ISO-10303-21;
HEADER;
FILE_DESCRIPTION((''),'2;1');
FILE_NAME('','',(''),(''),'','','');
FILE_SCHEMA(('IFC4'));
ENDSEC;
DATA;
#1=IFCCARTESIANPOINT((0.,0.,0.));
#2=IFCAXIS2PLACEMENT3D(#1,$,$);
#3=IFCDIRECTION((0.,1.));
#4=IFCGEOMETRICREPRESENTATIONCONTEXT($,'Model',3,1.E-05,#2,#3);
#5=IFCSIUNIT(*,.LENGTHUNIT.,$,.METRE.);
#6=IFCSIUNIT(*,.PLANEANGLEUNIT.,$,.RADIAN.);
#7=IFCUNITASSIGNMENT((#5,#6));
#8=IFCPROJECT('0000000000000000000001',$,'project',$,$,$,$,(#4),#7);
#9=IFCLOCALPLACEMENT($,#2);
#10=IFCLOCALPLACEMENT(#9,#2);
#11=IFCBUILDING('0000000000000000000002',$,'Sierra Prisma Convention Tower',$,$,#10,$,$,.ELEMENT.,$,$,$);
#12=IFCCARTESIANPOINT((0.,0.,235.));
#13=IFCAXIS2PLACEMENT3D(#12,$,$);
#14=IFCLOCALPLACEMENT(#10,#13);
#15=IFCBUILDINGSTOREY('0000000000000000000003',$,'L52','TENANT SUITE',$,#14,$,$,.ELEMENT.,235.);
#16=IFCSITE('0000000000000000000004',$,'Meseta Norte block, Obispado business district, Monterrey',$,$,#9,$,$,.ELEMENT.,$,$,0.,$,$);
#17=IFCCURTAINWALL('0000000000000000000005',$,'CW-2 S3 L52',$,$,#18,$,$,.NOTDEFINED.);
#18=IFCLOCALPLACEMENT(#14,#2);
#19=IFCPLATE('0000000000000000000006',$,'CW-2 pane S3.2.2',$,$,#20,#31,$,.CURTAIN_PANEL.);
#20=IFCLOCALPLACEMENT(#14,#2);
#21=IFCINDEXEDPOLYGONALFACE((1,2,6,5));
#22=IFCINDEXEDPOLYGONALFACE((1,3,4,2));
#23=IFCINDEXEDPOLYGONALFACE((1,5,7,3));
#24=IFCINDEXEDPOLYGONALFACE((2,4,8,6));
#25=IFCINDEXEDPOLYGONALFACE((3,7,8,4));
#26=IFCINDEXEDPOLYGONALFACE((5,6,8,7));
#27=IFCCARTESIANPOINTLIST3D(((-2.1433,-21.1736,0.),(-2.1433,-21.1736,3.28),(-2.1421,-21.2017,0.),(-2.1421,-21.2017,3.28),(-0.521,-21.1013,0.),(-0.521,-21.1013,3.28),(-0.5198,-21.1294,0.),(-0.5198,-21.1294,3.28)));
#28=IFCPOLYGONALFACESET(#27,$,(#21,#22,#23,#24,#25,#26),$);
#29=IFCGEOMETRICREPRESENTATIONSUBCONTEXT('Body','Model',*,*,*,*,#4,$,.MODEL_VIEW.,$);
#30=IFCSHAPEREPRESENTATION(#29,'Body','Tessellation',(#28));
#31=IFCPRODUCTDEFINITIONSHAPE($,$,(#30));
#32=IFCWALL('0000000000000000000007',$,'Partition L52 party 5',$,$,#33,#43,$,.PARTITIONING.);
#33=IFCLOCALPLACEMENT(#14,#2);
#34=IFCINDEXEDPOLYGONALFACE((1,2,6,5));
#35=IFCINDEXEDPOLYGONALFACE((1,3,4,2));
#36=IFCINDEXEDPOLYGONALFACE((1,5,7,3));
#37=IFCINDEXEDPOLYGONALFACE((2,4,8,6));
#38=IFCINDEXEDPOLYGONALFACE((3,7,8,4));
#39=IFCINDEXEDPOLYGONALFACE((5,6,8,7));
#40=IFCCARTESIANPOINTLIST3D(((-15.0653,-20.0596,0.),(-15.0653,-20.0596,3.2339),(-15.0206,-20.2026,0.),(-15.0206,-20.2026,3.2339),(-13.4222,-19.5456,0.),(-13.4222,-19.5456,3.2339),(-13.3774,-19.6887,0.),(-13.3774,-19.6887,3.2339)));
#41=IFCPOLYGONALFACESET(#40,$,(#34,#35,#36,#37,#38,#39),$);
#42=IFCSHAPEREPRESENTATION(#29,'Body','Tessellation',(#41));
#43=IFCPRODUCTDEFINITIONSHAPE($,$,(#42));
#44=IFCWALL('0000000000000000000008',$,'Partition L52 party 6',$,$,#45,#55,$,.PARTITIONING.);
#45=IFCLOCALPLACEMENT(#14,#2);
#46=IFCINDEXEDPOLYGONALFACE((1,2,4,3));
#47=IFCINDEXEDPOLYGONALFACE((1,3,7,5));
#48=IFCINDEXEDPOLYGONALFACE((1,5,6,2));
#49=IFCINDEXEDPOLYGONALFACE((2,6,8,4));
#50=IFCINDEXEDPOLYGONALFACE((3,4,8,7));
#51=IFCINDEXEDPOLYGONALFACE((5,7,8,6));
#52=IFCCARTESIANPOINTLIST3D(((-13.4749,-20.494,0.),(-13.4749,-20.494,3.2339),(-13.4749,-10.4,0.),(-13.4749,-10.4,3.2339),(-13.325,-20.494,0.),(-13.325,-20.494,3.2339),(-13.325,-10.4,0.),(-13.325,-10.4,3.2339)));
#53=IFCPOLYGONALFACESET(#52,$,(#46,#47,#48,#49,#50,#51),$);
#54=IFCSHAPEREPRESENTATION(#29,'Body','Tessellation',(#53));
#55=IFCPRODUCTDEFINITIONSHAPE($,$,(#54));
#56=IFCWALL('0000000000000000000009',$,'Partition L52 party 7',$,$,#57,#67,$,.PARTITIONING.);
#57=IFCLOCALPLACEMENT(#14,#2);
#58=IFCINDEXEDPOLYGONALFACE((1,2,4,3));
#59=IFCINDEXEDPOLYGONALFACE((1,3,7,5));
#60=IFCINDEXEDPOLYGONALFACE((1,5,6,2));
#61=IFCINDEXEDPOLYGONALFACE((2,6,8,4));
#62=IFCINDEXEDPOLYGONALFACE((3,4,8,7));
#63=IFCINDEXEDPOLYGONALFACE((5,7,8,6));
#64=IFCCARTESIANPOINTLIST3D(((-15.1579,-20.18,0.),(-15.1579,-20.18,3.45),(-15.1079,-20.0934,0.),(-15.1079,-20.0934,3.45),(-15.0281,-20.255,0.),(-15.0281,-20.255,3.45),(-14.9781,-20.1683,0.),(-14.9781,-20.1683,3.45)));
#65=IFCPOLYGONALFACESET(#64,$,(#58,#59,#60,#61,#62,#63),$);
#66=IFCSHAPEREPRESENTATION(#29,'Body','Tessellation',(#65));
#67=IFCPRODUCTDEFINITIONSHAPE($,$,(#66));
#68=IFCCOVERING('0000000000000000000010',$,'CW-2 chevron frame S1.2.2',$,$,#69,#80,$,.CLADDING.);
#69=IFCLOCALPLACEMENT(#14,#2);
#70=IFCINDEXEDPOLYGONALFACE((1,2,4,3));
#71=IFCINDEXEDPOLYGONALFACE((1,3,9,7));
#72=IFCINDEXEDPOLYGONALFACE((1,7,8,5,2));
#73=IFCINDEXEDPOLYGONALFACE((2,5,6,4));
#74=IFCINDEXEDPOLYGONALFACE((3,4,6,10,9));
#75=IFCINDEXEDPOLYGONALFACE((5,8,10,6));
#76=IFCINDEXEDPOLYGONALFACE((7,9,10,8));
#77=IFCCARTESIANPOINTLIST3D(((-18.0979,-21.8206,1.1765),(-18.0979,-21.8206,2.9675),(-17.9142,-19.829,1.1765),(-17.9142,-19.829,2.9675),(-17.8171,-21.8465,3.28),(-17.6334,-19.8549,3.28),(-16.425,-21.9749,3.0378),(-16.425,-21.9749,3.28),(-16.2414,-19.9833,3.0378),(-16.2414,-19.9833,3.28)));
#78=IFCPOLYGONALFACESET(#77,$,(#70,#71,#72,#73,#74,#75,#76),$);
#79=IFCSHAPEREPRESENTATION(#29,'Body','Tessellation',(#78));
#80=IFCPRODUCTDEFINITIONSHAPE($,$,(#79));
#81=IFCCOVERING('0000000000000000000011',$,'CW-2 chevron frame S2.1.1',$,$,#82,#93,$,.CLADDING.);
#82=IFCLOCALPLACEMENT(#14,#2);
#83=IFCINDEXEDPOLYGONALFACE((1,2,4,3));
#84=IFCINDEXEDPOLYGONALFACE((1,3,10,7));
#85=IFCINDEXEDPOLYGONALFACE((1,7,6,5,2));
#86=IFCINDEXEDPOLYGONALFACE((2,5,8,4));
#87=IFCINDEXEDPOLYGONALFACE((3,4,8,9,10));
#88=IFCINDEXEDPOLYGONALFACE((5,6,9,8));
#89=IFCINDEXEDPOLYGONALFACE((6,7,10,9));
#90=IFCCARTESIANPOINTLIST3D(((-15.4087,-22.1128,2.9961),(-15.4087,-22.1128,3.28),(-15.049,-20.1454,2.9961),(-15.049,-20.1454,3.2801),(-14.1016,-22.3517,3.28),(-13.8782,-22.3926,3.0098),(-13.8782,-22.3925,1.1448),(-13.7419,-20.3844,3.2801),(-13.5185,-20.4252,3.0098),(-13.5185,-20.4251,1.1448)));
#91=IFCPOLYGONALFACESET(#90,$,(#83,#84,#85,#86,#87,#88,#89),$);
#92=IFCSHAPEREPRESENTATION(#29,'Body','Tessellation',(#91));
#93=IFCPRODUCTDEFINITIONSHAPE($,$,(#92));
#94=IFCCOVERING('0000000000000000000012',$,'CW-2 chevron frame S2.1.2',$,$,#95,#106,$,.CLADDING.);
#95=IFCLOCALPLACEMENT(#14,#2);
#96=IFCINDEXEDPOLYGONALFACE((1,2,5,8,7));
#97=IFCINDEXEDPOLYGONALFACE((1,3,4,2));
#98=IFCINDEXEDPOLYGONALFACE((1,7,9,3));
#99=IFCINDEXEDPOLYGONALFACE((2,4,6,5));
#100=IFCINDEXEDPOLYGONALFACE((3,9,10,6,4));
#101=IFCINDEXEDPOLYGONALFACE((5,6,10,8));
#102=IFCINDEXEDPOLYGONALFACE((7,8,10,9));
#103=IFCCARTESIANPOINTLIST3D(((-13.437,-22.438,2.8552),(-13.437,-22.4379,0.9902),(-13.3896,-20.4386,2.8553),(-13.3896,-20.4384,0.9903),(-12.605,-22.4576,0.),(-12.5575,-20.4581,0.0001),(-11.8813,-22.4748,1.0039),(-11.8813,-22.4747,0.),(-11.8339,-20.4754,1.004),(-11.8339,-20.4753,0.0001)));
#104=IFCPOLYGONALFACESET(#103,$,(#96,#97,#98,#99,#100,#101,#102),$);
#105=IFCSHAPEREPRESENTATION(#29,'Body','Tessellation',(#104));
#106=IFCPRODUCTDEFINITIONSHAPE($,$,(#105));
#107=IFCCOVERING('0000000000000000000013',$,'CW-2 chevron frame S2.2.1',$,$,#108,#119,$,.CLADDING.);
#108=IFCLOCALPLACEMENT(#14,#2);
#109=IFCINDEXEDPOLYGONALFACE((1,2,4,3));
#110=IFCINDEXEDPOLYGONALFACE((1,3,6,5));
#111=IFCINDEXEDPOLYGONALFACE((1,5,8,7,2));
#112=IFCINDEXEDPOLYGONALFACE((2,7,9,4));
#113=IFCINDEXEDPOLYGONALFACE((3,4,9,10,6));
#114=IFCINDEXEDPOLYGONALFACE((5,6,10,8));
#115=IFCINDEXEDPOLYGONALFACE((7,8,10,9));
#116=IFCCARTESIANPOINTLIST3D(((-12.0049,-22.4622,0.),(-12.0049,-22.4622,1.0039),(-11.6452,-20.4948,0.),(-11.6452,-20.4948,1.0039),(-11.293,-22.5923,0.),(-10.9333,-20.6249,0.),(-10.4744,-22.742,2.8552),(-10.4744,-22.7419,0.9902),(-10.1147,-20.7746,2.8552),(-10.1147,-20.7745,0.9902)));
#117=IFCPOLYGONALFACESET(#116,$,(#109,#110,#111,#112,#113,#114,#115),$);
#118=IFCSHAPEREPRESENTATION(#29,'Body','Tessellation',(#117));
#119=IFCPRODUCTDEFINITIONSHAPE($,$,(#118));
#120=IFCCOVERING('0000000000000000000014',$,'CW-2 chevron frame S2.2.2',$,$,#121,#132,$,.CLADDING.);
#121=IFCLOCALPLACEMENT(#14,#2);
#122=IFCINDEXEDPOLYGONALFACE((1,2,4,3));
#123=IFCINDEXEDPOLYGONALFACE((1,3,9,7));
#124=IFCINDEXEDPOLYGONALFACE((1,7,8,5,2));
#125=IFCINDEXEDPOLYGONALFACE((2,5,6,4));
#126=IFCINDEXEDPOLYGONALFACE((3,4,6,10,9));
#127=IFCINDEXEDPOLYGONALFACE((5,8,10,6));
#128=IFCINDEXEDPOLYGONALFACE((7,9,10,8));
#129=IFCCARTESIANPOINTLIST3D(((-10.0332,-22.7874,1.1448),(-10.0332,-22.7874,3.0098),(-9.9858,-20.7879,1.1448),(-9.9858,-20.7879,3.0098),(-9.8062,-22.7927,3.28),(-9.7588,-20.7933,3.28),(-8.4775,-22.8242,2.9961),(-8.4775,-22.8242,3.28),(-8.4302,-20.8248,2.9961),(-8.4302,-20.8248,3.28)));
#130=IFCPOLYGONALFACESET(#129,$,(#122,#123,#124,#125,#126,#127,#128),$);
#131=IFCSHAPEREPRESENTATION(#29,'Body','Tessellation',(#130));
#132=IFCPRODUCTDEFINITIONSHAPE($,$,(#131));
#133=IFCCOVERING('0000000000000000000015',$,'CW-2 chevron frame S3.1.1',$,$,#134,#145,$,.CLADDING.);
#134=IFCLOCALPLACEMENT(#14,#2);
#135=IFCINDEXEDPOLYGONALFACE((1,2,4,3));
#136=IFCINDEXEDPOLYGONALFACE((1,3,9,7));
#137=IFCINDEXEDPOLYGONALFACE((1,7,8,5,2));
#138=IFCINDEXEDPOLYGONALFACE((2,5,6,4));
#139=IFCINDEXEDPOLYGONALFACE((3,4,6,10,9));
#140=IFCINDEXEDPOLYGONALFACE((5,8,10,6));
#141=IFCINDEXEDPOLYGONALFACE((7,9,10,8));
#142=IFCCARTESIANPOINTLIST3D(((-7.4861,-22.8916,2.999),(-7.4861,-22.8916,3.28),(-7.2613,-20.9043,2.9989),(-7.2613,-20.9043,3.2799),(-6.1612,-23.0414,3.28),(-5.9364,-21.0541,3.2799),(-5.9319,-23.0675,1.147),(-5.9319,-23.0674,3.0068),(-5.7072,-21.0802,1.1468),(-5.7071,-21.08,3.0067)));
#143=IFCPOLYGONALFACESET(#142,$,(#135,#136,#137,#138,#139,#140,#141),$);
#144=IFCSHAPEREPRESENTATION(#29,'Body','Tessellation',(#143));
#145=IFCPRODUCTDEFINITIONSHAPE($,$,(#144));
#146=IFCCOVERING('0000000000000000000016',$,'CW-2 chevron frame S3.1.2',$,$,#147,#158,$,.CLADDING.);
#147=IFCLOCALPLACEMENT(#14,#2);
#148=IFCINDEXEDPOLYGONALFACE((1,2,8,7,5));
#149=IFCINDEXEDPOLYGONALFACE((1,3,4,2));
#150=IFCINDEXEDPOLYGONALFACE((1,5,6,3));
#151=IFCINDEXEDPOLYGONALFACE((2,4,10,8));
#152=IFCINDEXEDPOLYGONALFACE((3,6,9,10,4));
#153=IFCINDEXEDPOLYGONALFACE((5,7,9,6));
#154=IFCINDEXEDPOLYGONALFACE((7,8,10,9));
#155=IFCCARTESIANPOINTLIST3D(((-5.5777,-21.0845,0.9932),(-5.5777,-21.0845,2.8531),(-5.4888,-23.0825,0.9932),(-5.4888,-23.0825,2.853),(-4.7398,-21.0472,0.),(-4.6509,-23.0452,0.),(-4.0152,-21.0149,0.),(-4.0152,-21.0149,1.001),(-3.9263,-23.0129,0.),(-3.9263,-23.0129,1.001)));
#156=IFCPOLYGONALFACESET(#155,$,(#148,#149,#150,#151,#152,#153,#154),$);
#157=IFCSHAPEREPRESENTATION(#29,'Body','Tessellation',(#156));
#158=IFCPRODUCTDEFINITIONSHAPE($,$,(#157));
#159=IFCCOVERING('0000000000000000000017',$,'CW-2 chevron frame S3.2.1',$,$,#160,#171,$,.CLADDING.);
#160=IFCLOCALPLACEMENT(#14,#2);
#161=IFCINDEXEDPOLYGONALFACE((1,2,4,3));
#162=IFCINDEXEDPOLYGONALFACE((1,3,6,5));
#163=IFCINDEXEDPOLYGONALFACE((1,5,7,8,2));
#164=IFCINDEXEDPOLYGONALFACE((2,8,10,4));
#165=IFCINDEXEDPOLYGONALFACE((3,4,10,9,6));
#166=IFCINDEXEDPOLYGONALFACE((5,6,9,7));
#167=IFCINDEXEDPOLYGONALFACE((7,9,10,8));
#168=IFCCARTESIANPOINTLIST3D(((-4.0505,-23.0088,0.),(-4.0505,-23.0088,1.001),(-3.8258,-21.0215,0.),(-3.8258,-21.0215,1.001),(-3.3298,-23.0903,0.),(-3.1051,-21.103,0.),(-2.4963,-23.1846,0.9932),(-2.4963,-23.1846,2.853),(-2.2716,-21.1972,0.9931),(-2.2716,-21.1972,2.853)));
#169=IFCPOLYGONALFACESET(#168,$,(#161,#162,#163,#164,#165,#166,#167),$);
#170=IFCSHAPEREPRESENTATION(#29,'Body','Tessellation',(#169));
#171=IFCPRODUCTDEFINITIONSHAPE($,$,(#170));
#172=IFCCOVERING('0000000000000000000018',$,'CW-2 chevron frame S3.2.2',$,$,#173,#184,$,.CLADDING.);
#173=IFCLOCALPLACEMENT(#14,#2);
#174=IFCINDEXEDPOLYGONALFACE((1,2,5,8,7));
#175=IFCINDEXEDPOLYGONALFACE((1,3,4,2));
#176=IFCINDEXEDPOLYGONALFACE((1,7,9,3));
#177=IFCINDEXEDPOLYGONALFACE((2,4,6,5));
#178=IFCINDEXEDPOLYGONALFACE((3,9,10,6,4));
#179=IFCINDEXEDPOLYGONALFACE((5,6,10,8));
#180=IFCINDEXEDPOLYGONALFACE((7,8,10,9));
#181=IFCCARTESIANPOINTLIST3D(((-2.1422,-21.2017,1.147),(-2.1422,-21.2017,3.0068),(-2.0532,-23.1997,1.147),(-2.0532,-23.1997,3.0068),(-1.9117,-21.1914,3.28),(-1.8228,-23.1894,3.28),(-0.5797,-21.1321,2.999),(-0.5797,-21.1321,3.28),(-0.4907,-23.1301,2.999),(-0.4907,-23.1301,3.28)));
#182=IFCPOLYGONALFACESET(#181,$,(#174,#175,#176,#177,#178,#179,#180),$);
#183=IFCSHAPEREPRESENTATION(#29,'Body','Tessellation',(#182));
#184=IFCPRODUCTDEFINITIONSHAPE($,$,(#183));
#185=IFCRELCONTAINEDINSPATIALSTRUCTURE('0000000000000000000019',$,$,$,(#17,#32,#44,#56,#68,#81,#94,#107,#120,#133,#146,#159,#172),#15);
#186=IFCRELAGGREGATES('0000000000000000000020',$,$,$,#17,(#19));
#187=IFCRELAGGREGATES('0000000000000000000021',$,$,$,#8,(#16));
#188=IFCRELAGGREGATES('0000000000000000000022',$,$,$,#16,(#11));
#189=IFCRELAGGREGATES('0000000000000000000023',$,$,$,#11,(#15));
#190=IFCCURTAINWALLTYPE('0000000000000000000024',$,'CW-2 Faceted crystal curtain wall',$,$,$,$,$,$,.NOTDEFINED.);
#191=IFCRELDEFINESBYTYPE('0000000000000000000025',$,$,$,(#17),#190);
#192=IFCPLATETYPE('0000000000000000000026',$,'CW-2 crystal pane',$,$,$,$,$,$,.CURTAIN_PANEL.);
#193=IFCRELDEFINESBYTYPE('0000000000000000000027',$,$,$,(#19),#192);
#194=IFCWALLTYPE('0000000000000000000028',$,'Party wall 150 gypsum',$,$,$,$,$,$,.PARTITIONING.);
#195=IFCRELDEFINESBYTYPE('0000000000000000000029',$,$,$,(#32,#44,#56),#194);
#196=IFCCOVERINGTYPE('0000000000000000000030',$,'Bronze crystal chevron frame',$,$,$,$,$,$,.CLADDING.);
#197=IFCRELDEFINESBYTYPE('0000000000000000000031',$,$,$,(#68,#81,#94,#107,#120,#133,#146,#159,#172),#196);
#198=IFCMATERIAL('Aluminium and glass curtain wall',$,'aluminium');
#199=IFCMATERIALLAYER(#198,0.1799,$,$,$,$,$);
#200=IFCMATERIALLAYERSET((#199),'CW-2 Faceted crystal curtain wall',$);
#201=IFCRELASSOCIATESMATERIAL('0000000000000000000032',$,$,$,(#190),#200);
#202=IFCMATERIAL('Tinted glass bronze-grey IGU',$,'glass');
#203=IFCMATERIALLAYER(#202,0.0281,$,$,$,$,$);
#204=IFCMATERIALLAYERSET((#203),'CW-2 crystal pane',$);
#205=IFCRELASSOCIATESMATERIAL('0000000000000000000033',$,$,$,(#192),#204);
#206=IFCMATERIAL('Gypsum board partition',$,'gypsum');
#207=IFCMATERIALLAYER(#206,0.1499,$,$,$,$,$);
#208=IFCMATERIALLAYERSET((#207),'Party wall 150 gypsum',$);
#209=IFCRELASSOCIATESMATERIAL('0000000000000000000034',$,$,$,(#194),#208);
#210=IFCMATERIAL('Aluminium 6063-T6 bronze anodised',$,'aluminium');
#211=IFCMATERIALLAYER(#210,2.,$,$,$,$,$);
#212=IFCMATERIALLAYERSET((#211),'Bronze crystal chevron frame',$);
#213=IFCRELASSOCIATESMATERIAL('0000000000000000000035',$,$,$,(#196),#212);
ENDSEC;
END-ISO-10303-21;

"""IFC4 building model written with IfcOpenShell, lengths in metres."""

from ifc_helpers import new_model, si_unit, direction, frame, frame_2d, origin, place, context, subcontext, project, spatial, polyline, rectangle, outline, extrude, material, layer, layer_set, type_object, element, aggregate, save


model = new_model("IFC4")

# Units and contexts
model_context = context("Model", 3, precision=1e-05, world=origin(), true_north=direction((0.0, 1.0)))
body_context = subcontext(model_context, "Body", "Model", "MODEL_VIEW")
ifc_project = project(units=[si_unit("LENGTHUNIT", "METRE"), si_unit("PLANEANGLEUNIT", "RADIAN")], contexts=[model_context])

# Site, building, storey
site_placement = place(None, origin())
site = spatial("IfcSite", under=ifc_project, at=site_placement, Name="Meseta Norte block, Obispado business district, Monterrey", CompositionType="ELEMENT", RefElevation=0.0)
building_placement = place(site_placement, origin())
building = spatial("IfcBuilding", under=site, at=building_placement, Name="Sierra Prisma Convention Tower", CompositionType="ELEMENT")
storey_placement = place(building_placement, frame((0.0, 0.0, 235.0)))
storey = spatial("IfcBuildingStorey", under=building, at=storey_placement, Name="L52", Description="TENANT SUITE", CompositionType="ELEMENT", Elevation=235.0)

# Curtain wall
ifc_material_1 = material(Name="Aluminium and glass curtain wall", Category="aluminium")
ifc_layer_1 = layer(ifc_material_1, 0.1799)
ifc_layer_set_1 = layer_set([ifc_layer_1], Name="CW-2 Faceted crystal curtain wall")
curtain_wall_type = type_object("IfcCurtainWallType", Name="CW-2 Faceted crystal curtain wall", PredefinedType="NOTDEFINED", material=ifc_layer_set_1)
curtain_wall_1_placement = place(storey_placement, origin())
curtain_wall_1 = element("IfcCurtainWall", 1, at=curtain_wall_1_placement, inside=storey, type_object=curtain_wall_type, Name="CW-2 S3 L52", PredefinedType="NOTDEFINED")

# Plate
ifc_material_2 = material(Name="Tinted glass bronze-grey IGU", Category="glass")
ifc_layer_2 = layer(ifc_material_2, 0.0281)
ifc_layer_set_2 = layer_set([ifc_layer_2], Name="CW-2 crystal pane")
plate_type = type_object("IfcPlateType", Name="CW-2 crystal pane", PredefinedType="CURTAIN_PANEL", material=ifc_layer_set_2)
plate_1_placement = place(storey_placement, frame((-0.5198, -21.1294, 0.0), z_axis=(0.044501, -0.999009, 0.0), x_axis=(-0.999009, -0.044501, 0.0)))
plate_1 = element("IfcPlate", 2, at=plate_1_placement, type_object=plate_type, Name="CW-2 pane S3.2.2", PredefinedType="CURTAIN_PANEL", context=body_context, shape_type="SweptSolid", body=[
    extrude(outline(polyline([(0.0, 0.0), (1.6239, 0.0), (1.6239, -3.28), (0.0, -3.28), (0.0, 0.0)])), origin(), (0.0, 0.0, -1.0), 0.0281),
])
aggregate(curtain_wall_1, [plate_1])

# Walls
ifc_material_3 = material(Name="Gypsum board partition", Category="gypsum")
ifc_layer_3 = layer(ifc_material_3, 0.1499)
ifc_layer_set_3 = layer_set([ifc_layer_3], Name="Party wall 150 gypsum")
wall_type = type_object("IfcWallType", Name="Party wall 150 gypsum", PredefinedType="PARTITIONING", material=ifc_layer_set_3)
wall_1_placement = place(storey_placement, frame((-15.043, -20.1311, 0.0), z_axis=(0.0, 0.0, 1.0), x_axis=(0.954404, 0.298517, 0.0)))
element("IfcWall", 3, at=wall_1_placement, inside=storey, type_object=wall_type, Name="Partition L52 party 5", PredefinedType="PARTITIONING", context=body_context, shape_type="SweptSolid", body=[
    extrude(rectangle(XDim=1.7217, YDim=0.1499, at=frame_2d((0.8608, 0.0))), origin(), (0.0, 0.0, 1.0), 3.2339),
])
wall_2_placement = place(storey_placement, frame((-13.3999, -20.4939, 0.0), z_axis=(0.0, 0.0, 1.0), x_axis=(0.0, 1.0, 0.0)))
element("IfcWall", 4, at=wall_2_placement, inside=storey, type_object=wall_type, Name="Partition L52 party 6", PredefinedType="PARTITIONING", context=body_context, shape_type="SweptSolid", body=[
    extrude(rectangle(XDim=10.094, YDim=0.1499, at=frame_2d((5.0469, 0.0))), origin(), (0.0, 0.0, 1.0), 3.2339),
])
wall_3_placement = place(storey_placement, frame((-15.093, -20.2175, 0.0), z_axis=(0.0, 0.0, 1.0), x_axis=(0.500074, 0.865982, 0.0)))
element("IfcWall", 5, at=wall_3_placement, inside=storey, type_object=wall_type, Name="Partition L52 party 7", PredefinedType="PARTITIONING", context=body_context, shape_type="SweptSolid", body=[
    extrude(rectangle(XDim=0.1001, YDim=0.1499, at=frame_2d((0.05, 0.0))), origin(), (0.0, 0.0, 1.0), 3.45),
])

# Coverings
ifc_material_4 = material(Name="Aluminium 6063-T6 bronze anodised", Category="aluminium")
ifc_layer_4 = layer(ifc_material_4, 2.0)
ifc_layer_set_4 = layer_set([ifc_layer_4], Name="Bronze crystal chevron frame")
covering_type = type_object("IfcCoveringType", Name="Bronze crystal chevron frame", PredefinedType="CLADDING", material=ifc_layer_set_4)
covering_1_placement = place(storey_placement, frame((-16.425, -21.9749, 3.28), z_axis=(-0.091847, -0.995773, 0.000008), x_axis=(-0.995773, 0.091847, 0.0)))
element("IfcCovering", 6, at=covering_1_placement, inside=storey, type_object=covering_type, Name="CW-2 chevron frame S1.2.2", PredefinedType="CLADDING", context=body_context, shape_type="SweptSolid", body=[
    extrude(outline(polyline([(0.0, 0.0), (1.398, 0.0), (1.68, 0.3125), (1.68, 2.1035), (0.0, 0.2422), (0.0, 0.0)])), origin(), (0.0, 0.0, -1.0), 2.0),
])
covering_2_placement = place(storey_placement, frame((-15.4087, -22.1128, 3.28), z_axis=(-0.179829, -0.983698, -0.000027), x_axis=(0.000005, 0.000026, -1.0)))
element("IfcCovering", 7, at=covering_2_placement, inside=storey, type_object=covering_type, Name="CW-2 chevron frame S2.1.1", PredefinedType="CLADDING", context=body_context, shape_type="SweptSolid", body=[
    extrude(outline(polyline([(0.0, 0.0), (0.2839, 0.0), (2.1353, 1.5559), (0.2703, 1.5559), (0.0, 1.3288), (0.0, 0.0)])), origin(), (0.0, 0.0, -1.0), 2.0),
])
covering_3_placement = place(storey_placement, frame((-13.437, -22.438, 2.8552), z_axis=(-0.023726, -0.999718, -0.000056), x_axis=(0.000001, 0.000056, -1.0)))
element("IfcCovering", 8, at=covering_3_placement, inside=storey, type_object=covering_type, Name="CW-2 chevron frame S2.1.2", PredefinedType="CLADDING", context=body_context, shape_type="SweptSolid", body=[
    extrude(outline(polyline([(0.0, 0.0), (1.865, 0.0), (2.8552, 0.8323), (2.8552, 1.5561), (1.8513, 1.5561), (0.0, 0.0)])), origin(), (0.0, 0.0, -1.0), 2.0),
])
covering_4_placement = place(storey_placement, frame((-12.0049, -22.4622, 0.0), z_axis=(-0.179822, -0.983699, -0.000004), x_axis=(0.983699, -0.179822, 0.0)))
element("IfcCovering", 9, at=covering_4_placement, inside=storey, type_object=covering_type, Name="CW-2 chevron frame S2.2.1", PredefinedType="CLADDING", context=body_context, shape_type="SweptSolid", body=[
    extrude(outline(polyline([(0.0, 0.0), (0.7237, 0.0), (1.5559, 0.9902), (1.5559, 2.8552), (0.0, 1.0039), (0.0, 0.0)])), origin(), (0.0, 0.0, -1.0), 2.0),
])
covering_5_placement = place(storey_placement, frame((-8.4775, -22.8242, 3.28), z_axis=(-0.023691, -0.999719, 0.000004), x_axis=(-0.999719, 0.023691, 0.0)))
element("IfcCovering", 10, at=covering_5_placement, inside=storey, type_object=covering_type, Name="CW-2 chevron frame S2.2.2", PredefinedType="CLADDING", context=body_context, shape_type="SweptSolid", body=[
    extrude(outline(polyline([(0.0, 0.0), (1.329, 0.0), (1.5561, 0.2703), (1.5561, 2.1353), (0.0, 0.2839), (0.0, 0.0)])), origin(), (0.0, 0.0, -1.0), 2.0),
])
covering_6_placement = place(storey_placement, frame((-7.4861, -22.8916, 3.28), z_axis=(-0.11237, -0.993666, 0.000082), x_axis=(-0.000009, -0.000081, -1.0)))
element("IfcCovering", 11, at=covering_6_placement, inside=storey, type_object=covering_type, Name="CW-2 chevron frame S3.1.1", PredefinedType="CLADDING", context=body_context, shape_type="SweptSolid", body=[
    extrude(outline(polyline([(0.0, 0.0), (0.281, 0.0), (2.1331, 1.5641), (0.2732, 1.5641), (0.0, 1.3334), (0.0, 0.0)])), origin(), (0.0, 0.0, -1.0), 2.0),
])
covering_7_placement = place(storey_placement, frame((-5.4888, -23.0825, 2.853), z_axis=(0.044479, -0.99901, -0.000012), x_axis=(-0.000001, 0.000012, -1.0)))
element("IfcCovering", 12, at=covering_7_placement, inside=storey, type_object=covering_type, Name="CW-2 chevron frame S3.1.2", PredefinedType="CLADDING", context=body_context, shape_type="SweptSolid", body=[
    extrude(outline(polyline([(0.0, 0.0), (1.8599, 0.0), (2.853, 0.8387), (2.853, 1.564), (1.8521, 1.564), (0.0, 0.0)])), origin(), (0.0, 0.0, -1.0), 2.0),
])
covering_8_placement = place(storey_placement, frame((-4.0505, -23.0088, 0.0), z_axis=(-0.11239, -0.993664, 0.000009), x_axis=(0.993664, -0.11239, 0.0)))
element("IfcCovering", 13, at=covering_8_placement, inside=storey, type_object=covering_type, Name="CW-2 chevron frame S3.2.1", PredefinedType="CLADDING", context=body_context, shape_type="SweptSolid", body=[
    extrude(outline(polyline([(0.0, 0.0), (0.7253, 0.0), (1.5641, 0.9932), (1.5641, 2.853), (0.0, 1.001), (0.0, 0.0)])), origin(), (0.0, 0.0, -1.0), 2.0),
])
covering_9_placement = place(storey_placement, frame((-0.4907, -23.1301, 3.28), z_axis=(0.044488, -0.99901, -0.000004), x_axis=(-0.99901, -0.044488, 0.0)))
element("IfcCovering", 14, at=covering_9_placement, inside=storey, type_object=covering_type, Name="CW-2 chevron frame S3.2.2", PredefinedType="CLADDING", context=body_context, shape_type="SweptSolid", body=[
    extrude(outline(polyline([(0.0, 0.0), (1.3334, 0.0), (1.564, 0.2732), (1.564, 2.1331), (0.0, 0.281), (0.0, 0.0)])), origin(), (0.0, 0.0, -1.0), 2.0),
])

save(model, "model.ifc")
